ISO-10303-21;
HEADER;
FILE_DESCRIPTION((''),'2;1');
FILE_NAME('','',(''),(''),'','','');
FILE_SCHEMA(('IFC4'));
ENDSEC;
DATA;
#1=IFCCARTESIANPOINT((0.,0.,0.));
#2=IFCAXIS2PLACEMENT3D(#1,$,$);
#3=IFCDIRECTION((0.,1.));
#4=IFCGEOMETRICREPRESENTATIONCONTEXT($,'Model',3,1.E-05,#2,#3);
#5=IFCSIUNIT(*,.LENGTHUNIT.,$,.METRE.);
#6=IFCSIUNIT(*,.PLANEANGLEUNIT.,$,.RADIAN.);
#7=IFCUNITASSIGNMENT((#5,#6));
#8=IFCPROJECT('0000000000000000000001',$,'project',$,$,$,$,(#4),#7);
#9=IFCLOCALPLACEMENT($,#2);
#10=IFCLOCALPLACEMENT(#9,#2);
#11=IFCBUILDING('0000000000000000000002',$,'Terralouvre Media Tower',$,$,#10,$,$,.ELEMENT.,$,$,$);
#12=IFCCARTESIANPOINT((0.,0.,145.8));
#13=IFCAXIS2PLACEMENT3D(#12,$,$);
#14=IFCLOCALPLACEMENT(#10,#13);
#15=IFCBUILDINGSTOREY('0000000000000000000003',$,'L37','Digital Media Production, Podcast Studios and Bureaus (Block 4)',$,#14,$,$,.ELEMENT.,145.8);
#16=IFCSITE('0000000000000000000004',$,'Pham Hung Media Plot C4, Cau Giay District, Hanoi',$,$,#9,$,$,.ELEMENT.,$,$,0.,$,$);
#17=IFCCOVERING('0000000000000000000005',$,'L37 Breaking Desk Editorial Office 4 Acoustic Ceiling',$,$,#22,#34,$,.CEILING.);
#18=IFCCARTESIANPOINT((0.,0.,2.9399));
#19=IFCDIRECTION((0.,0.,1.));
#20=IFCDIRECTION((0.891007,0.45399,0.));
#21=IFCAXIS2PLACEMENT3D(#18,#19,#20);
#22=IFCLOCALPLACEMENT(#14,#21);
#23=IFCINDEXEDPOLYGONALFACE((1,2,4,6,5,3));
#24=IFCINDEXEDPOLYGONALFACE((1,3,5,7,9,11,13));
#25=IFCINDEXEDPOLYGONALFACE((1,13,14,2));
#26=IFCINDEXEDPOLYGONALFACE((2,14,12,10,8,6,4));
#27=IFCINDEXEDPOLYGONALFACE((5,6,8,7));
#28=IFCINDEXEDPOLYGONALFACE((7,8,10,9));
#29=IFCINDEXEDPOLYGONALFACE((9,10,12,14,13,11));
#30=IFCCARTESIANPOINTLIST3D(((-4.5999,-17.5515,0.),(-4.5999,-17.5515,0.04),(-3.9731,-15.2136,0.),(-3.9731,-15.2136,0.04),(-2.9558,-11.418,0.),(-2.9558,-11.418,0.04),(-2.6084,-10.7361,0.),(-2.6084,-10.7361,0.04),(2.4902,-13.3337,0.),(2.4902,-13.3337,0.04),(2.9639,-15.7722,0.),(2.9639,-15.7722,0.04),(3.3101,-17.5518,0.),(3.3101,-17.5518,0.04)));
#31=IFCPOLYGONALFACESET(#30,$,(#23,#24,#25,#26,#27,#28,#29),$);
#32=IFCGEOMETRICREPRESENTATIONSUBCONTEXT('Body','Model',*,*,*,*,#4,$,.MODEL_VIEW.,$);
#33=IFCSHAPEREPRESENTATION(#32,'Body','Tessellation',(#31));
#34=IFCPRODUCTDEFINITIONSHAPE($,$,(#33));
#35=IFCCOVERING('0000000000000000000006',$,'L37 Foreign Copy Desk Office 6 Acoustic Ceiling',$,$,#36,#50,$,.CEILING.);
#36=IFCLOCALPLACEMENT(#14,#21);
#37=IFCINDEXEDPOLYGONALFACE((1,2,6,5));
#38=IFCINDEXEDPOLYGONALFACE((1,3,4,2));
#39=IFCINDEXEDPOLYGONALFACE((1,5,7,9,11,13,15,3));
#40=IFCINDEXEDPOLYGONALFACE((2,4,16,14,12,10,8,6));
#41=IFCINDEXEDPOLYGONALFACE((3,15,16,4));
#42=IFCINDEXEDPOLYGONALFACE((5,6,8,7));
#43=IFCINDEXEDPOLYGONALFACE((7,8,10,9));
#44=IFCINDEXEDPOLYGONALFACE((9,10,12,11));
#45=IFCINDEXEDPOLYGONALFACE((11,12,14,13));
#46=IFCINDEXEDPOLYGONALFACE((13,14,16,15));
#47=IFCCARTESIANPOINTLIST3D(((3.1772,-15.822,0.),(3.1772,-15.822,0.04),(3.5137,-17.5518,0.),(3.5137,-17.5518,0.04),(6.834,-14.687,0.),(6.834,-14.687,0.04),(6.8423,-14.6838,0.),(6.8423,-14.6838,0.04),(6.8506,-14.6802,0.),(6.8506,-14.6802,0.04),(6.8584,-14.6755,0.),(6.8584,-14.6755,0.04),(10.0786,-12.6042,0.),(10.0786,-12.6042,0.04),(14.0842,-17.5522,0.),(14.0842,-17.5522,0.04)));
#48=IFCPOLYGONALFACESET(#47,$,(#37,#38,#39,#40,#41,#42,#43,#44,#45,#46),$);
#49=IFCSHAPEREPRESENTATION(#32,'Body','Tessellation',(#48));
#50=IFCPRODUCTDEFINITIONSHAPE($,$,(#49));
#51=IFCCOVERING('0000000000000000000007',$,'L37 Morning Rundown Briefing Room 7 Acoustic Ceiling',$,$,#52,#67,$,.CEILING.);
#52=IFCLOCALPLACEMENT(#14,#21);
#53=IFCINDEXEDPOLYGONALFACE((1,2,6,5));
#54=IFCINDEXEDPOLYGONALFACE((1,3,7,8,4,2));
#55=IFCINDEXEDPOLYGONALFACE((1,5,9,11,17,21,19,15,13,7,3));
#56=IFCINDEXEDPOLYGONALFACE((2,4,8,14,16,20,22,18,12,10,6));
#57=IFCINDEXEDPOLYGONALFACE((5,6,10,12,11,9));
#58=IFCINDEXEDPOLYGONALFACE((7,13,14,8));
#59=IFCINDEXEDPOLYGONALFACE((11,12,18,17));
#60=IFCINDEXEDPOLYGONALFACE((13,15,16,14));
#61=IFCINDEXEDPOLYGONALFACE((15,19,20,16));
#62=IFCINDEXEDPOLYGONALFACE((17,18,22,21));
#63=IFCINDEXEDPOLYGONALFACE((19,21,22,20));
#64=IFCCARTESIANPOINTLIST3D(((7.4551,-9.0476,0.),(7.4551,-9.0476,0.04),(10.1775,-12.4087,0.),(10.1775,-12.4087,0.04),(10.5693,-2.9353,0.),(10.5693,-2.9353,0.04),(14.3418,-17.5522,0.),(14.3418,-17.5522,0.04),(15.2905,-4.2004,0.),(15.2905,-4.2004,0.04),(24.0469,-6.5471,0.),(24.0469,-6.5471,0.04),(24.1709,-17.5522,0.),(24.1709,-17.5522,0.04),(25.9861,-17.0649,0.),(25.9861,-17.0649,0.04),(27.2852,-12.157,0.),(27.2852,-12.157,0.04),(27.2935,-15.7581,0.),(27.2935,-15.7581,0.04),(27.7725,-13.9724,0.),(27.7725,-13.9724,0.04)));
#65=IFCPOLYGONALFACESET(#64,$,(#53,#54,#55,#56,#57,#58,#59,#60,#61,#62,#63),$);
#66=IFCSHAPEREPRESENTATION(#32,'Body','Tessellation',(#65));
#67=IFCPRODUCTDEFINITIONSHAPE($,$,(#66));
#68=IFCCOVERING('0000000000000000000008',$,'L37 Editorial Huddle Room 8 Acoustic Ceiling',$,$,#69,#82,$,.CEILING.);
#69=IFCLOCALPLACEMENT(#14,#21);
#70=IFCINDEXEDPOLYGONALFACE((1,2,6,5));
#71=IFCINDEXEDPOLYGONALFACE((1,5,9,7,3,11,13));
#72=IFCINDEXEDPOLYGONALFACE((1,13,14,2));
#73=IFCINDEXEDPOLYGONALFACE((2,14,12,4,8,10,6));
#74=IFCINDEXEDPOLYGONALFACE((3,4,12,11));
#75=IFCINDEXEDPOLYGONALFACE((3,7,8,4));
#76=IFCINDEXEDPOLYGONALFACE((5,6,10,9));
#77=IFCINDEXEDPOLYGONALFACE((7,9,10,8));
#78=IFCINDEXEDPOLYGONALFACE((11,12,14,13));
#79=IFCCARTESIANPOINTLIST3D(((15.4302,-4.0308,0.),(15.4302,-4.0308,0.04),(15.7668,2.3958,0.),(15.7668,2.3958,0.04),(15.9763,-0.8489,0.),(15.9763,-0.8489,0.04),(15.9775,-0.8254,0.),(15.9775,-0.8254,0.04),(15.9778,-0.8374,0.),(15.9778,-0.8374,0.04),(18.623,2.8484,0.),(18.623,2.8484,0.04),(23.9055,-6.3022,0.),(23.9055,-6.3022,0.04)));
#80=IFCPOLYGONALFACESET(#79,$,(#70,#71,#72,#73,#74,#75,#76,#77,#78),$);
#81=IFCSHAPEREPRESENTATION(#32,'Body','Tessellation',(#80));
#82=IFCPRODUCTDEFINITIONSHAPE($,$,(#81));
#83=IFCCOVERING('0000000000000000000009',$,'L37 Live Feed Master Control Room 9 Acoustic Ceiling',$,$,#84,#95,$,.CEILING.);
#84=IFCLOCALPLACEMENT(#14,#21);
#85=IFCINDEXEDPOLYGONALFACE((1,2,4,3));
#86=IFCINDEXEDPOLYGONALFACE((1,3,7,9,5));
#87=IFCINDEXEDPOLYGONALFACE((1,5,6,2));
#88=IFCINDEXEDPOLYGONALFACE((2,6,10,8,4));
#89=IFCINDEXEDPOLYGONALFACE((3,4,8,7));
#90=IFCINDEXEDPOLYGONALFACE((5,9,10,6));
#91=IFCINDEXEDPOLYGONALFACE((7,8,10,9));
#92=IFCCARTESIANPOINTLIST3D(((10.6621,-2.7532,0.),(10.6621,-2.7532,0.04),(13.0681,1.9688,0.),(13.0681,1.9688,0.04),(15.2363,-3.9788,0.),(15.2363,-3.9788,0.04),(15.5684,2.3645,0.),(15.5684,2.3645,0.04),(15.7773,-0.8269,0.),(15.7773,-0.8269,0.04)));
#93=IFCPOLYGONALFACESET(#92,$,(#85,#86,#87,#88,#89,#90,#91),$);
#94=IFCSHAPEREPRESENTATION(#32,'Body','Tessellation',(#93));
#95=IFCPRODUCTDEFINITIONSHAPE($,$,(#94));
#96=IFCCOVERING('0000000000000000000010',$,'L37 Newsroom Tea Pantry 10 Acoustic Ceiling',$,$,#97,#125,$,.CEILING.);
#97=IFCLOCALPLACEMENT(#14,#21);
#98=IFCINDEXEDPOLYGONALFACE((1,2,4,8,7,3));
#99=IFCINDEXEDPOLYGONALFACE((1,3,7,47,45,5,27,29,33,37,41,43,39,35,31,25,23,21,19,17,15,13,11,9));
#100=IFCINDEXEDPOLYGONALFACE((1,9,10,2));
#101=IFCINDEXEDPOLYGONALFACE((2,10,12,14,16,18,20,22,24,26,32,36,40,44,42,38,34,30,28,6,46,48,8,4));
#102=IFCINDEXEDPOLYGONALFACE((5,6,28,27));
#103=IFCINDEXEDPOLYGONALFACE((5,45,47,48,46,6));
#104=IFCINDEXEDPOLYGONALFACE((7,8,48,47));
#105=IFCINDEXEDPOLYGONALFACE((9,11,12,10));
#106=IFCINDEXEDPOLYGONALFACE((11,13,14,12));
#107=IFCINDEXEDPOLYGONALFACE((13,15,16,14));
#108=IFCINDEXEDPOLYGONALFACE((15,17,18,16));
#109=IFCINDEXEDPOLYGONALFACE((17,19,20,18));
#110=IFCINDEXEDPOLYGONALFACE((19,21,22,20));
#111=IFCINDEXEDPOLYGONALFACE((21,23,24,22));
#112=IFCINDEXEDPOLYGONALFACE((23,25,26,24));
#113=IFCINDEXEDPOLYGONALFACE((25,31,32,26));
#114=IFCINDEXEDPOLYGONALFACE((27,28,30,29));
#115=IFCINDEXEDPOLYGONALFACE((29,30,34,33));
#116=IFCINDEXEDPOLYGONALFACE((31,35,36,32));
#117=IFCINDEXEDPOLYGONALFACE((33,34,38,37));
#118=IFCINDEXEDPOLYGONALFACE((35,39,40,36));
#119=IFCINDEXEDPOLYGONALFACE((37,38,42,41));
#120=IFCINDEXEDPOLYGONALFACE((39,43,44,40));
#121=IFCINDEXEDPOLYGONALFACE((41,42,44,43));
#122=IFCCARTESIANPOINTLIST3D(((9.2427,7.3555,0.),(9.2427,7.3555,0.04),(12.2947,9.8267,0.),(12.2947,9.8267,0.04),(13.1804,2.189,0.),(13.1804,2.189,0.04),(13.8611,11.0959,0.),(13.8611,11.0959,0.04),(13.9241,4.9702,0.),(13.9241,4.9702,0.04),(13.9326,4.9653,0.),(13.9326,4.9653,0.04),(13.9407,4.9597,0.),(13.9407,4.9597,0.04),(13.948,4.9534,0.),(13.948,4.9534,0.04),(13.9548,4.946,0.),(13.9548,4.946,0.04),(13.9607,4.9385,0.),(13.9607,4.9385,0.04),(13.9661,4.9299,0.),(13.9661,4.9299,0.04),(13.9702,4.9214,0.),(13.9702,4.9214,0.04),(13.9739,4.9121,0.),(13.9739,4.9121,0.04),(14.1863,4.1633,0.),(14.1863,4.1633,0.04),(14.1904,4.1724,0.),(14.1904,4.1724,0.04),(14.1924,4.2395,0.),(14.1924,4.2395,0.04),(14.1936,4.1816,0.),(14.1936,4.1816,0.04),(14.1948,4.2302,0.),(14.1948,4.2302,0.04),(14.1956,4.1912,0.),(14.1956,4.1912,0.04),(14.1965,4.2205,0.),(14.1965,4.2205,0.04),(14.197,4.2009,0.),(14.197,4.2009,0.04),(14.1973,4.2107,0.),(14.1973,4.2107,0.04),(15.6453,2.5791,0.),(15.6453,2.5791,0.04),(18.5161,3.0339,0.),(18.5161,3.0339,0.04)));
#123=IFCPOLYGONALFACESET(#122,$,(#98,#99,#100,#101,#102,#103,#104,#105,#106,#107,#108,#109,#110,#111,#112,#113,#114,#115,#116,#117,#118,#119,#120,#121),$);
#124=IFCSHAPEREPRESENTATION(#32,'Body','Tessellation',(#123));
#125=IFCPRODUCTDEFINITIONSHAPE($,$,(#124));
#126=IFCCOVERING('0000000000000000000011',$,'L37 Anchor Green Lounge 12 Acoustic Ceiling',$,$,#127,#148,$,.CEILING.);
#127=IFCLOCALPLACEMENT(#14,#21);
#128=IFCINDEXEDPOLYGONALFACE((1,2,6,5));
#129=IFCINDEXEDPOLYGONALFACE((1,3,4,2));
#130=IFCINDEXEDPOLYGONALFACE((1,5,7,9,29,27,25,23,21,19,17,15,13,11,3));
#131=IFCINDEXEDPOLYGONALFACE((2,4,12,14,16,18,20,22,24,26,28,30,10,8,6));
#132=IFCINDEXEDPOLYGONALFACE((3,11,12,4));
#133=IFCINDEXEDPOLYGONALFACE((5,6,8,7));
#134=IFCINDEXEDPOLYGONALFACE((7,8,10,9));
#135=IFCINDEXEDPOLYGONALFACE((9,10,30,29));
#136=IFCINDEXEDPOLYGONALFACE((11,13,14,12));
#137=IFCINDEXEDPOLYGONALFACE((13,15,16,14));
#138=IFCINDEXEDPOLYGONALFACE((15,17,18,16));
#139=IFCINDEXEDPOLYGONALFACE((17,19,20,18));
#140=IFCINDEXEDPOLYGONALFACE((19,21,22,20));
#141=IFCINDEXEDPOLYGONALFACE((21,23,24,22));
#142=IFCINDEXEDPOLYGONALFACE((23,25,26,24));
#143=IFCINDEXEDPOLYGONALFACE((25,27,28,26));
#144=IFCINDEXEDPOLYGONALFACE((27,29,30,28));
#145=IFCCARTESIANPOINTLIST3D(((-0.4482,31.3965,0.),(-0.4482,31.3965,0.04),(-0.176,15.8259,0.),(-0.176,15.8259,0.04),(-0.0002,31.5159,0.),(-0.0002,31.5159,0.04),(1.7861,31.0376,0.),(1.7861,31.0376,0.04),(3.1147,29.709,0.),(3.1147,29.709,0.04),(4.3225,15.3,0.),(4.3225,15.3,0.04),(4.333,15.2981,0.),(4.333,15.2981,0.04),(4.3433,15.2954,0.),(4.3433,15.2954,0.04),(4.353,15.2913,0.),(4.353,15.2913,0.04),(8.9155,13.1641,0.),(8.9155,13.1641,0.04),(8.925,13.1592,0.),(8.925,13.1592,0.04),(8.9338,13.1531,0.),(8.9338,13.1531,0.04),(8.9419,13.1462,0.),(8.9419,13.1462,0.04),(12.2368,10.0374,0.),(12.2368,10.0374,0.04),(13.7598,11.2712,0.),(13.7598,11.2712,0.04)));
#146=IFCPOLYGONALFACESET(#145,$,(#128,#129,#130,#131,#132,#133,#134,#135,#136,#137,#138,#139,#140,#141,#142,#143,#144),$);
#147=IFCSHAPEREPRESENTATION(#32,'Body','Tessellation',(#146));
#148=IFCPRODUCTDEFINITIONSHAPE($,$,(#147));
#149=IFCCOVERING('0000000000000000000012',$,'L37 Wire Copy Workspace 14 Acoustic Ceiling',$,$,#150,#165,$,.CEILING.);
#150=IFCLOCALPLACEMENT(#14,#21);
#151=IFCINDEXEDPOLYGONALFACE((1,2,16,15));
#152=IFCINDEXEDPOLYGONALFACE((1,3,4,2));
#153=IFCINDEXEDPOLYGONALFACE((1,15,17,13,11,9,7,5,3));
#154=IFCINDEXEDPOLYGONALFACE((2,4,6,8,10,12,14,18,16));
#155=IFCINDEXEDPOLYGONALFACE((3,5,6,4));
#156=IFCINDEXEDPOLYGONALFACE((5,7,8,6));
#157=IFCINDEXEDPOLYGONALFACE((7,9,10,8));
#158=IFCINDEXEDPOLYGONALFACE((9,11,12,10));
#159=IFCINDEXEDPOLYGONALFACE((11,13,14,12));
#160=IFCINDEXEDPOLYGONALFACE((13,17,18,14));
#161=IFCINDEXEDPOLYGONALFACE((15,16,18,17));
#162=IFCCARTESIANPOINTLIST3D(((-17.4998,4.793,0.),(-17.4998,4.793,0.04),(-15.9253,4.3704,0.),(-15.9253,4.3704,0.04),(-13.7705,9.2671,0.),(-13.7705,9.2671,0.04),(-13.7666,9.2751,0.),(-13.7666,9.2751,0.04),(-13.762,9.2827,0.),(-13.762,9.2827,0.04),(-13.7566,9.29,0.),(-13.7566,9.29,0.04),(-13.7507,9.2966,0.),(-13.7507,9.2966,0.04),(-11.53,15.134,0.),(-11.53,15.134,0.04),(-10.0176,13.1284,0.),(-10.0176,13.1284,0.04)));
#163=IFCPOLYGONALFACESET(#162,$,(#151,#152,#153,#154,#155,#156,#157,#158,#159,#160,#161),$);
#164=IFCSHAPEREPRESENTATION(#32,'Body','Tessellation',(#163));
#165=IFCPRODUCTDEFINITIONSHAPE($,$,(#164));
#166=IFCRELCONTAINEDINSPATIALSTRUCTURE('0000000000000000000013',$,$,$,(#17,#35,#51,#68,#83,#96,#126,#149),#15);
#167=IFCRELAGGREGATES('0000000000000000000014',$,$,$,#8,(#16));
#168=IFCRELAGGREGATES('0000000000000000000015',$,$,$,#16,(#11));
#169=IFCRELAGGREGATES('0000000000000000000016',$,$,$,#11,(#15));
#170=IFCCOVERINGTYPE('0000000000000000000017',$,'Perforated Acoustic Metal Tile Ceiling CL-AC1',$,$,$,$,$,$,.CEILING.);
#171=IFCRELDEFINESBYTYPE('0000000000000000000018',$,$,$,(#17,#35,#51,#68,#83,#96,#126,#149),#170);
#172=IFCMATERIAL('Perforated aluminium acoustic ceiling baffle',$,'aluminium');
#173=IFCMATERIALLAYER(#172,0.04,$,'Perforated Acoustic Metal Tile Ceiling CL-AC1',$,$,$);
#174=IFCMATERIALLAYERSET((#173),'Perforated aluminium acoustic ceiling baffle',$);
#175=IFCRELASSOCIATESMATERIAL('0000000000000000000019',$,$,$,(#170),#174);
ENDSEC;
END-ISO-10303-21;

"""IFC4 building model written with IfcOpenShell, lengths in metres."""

from ifc_helpers import new_model, si_unit, direction, frame, origin, place, context, subcontext, project, spatial, polyline, outline, extrude, material, layer, layer_set, type_object, element, save


model = new_model("IFC4")

# Units and contexts
model_context = context("Model", 3, precision=1e-05, world=origin(), true_north=direction((0.0, 1.0)))
body_context = subcontext(model_context, "Body", "Model", "MODEL_VIEW")
ifc_project = project(units=[si_unit("LENGTHUNIT", "METRE"), si_unit("PLANEANGLEUNIT", "RADIAN")], contexts=[model_context])

# Site, building, storey
site_placement = place(None, origin())
site = spatial("IfcSite", under=ifc_project, at=site_placement, Name="Pham Hung Media Plot C4, Cau Giay District, Hanoi", CompositionType="ELEMENT", RefElevation=0.0)
building_placement = place(site_placement, origin())
building = spatial("IfcBuilding", under=site, at=building_placement, Name="Terralouvre Media Tower", CompositionType="ELEMENT")
storey_placement = place(building_placement, frame((0.0, 0.0, 145.8)))
storey = spatial("IfcBuildingStorey", under=building, at=storey_placement, Name="L37", Description="Digital Media Production, Podcast Studios and Bureaus (Block 4)", CompositionType="ELEMENT", Elevation=145.8)

# Coverings
ifc_material_1 = material(Name="Perforated aluminium acoustic ceiling baffle", Category="aluminium")
ifc_layer_1 = layer(ifc_material_1, 0.04, Name="Perforated Acoustic Metal Tile Ceiling CL-AC1")
ifc_layer_set_1 = layer_set([ifc_layer_1], Name="Perforated aluminium acoustic ceiling baffle")
covering_type = type_object("IfcCoveringType", Name="Perforated Acoustic Metal Tile Ceiling CL-AC1", PredefinedType="CEILING", material=ifc_layer_set_1)
covering_1_placement = place(storey_placement, frame((0.0, 0.0, 2.9399), z_axis=(0.0, 0.0, 1.0), x_axis=(0.891007, 0.45399, 0.0)))
element("IfcCovering", 1, at=covering_1_placement, inside=storey, type_object=covering_type, Name="L37 Breaking Desk Editorial Office 4 Acoustic Ceiling", PredefinedType="CEILING", context=body_context, shape_type="SweptSolid", body=[
    extrude(outline(polyline([(2.4902, -13.3337), (-2.6084, -10.7361), (-2.9558, -11.418), (-3.9731, -15.2136), (-4.5999, -17.5515), (3.3101, -17.5518), (2.9639, -15.7722), (2.4902, -13.3337)])), origin(), (0.0, 0.0, 1.0), 0.04),
])
covering_2_placement = place(storey_placement, frame((0.0, 0.0, 2.9399), z_axis=(0.0, 0.0, 1.0), x_axis=(0.891007, 0.45399, 0.0)))
element("IfcCovering", 2, at=covering_2_placement, inside=storey, type_object=covering_type, Name="L37 Foreign Copy Desk Office 6 Acoustic Ceiling", PredefinedType="CEILING", context=body_context, shape_type="SweptSolid", body=[
    extrude(outline(polyline([(6.8584, -14.6755), (6.8506, -14.6802), (6.8423, -14.6838), (6.834, -14.687), (3.1772, -15.822), (3.5137, -17.5518), (14.0842, -17.5522), (10.0786, -12.6042), (6.8584, -14.6755)])), origin(), (0.0, 0.0, 1.0), 0.04),
])
covering_3_placement = place(storey_placement, frame((0.0, 0.0, 2.9399), z_axis=(0.0, 0.0, 1.0), x_axis=(0.891007, 0.45399, 0.0)))
element("IfcCovering", 3, at=covering_3_placement, inside=storey, type_object=covering_type, Name="L37 Morning Rundown Briefing Room 7 Acoustic Ceiling", PredefinedType="CEILING", context=body_context, shape_type="SweptSolid", body=[
    extrude(outline(polyline([(10.5693, -2.9353), (7.4551, -9.0476), (10.1775, -12.4087), (14.3418, -17.5522), (24.1709, -17.5522), (25.9861, -17.0649), (27.2935, -15.7581), (27.7725, -13.9724), (27.2852, -12.157), (24.0469, -6.5471), (15.2905, -4.2004), (10.5693, -2.9353)])), origin(), (0.0, 0.0, 1.0), 0.04),
])
covering_4_placement = place(storey_placement, frame((0.0, 0.0, 2.9399), z_axis=(0.0, 0.0, 1.0), x_axis=(0.891007, 0.45399, 0.0)))
element("IfcCovering", 4, at=covering_4_placement, inside=storey, type_object=covering_type, Name="L37 Editorial Huddle Room 8 Acoustic Ceiling", PredefinedType="CEILING", context=body_context, shape_type="SweptSolid", body=[
    extrude(outline(polyline([(15.9775, -0.8254), (15.9778, -0.8374), (15.9763, -0.8489), (15.4302, -4.0308), (23.9055, -6.3022), (18.623, 2.8484), (15.7668, 2.3958), (15.9775, -0.8254)])), origin(), (0.0, 0.0, 1.0), 0.04),
])
covering_5_placement = place(storey_placement, frame((0.0, 0.0, 2.9399), z_axis=(0.0, 0.0, 1.0), x_axis=(0.891007, 0.45399, 0.0)))
element("IfcCovering", 5, at=covering_5_placement, inside=storey, type_object=covering_type, Name="L37 Live Feed Master Control Room 9 Acoustic Ceiling", PredefinedType="CEILING", context=body_context, shape_type="SweptSolid", body=[
    extrude(outline(polyline([(15.7773, -0.8269), (15.5684, 2.3645), (13.0681, 1.9688), (10.6621, -2.7532), (15.2363, -3.9788), (15.7773, -0.8269)])), origin(), (0.0, 0.0, 1.0), 0.04),
])
covering_6_placement = place(storey_placement, frame((0.0, 0.0, 2.9399), z_axis=(0.0, 0.0, 1.0), x_axis=(0.891007, 0.45399, 0.0)))
element("IfcCovering", 6, at=covering_6_placement, inside=storey, type_object=covering_type, Name="L37 Newsroom Tea Pantry 10 Acoustic Ceiling", PredefinedType="CEILING", context=body_context, shape_type="SweptSolid", body=[
    extrude(outline(polyline([(9.2427, 7.3555), (13.9241, 4.9702), (13.9326, 4.9653), (13.9407, 4.9597), (13.948, 4.9534), (13.9548, 4.946), (13.9607, 4.9385), (13.9661, 4.9299), (13.9702, 4.9214), (13.9739, 4.9121), (14.1924, 4.2395), (14.1948, 4.2302), (14.1965, 4.2205), (14.1973, 4.2107), (14.197, 4.2009), (14.1956, 4.1912), (14.1936, 4.1816), (14.1904, 4.1724), (14.1863, 4.1633), (13.1804, 2.189), (15.6453, 2.5791), (18.5161, 3.0339), (13.8611, 11.0959), (12.2947, 9.8267), (9.2427, 7.3555)])), origin(), (0.0, 0.0, 1.0), 0.04),
])
covering_7_placement = place(storey_placement, frame((0.0, 0.0, 2.9399), z_axis=(0.0, 0.0, 1.0), x_axis=(0.891007, 0.45399, 0.0)))
element("IfcCovering", 7, at=covering_7_placement, inside=storey, type_object=covering_type, Name="L37 Anchor Green Lounge 12 Acoustic Ceiling", PredefinedType="CEILING", context=body_context, shape_type="SweptSolid", body=[
    extrude(outline(polyline([(4.3225, 15.3), (4.333, 15.2981), (4.3433, 15.2954), (4.353, 15.2913), (8.9155, 13.1641), (8.925, 13.1592), (8.9338, 13.1531), (8.9419, 13.1462), (12.2368, 10.0374), (13.7598, 11.2712), (3.1147, 29.709), (1.7861, 31.0376), (-0.0002, 31.5159), (-0.4482, 31.3965), (-0.176, 15.8259), (4.3225, 15.3)])), origin(), (0.0, 0.0, 1.0), 0.04),
])
covering_8_placement = place(storey_placement, frame((0.0, 0.0, 2.9399), z_axis=(0.0, 0.0, 1.0), x_axis=(0.891007, 0.45399, 0.0)))
element("IfcCovering", 8, at=covering_8_placement, inside=storey, type_object=covering_type, Name="L37 Wire Copy Workspace 14 Acoustic Ceiling", PredefinedType="CEILING", context=body_context, shape_type="SweptSolid", body=[
    extrude(outline(polyline([(-13.7705, 9.2671), (-13.7666, 9.2751), (-13.762, 9.2827), (-13.7566, 9.29), (-13.7507, 9.2966), (-10.0176, 13.1284), (-11.53, 15.134), (-17.4998, 4.793), (-15.9253, 4.3704), (-13.7705, 9.2671)])), origin(), (0.0, 0.0, 1.0), 0.04),
])

save(model, "model.ifc")
